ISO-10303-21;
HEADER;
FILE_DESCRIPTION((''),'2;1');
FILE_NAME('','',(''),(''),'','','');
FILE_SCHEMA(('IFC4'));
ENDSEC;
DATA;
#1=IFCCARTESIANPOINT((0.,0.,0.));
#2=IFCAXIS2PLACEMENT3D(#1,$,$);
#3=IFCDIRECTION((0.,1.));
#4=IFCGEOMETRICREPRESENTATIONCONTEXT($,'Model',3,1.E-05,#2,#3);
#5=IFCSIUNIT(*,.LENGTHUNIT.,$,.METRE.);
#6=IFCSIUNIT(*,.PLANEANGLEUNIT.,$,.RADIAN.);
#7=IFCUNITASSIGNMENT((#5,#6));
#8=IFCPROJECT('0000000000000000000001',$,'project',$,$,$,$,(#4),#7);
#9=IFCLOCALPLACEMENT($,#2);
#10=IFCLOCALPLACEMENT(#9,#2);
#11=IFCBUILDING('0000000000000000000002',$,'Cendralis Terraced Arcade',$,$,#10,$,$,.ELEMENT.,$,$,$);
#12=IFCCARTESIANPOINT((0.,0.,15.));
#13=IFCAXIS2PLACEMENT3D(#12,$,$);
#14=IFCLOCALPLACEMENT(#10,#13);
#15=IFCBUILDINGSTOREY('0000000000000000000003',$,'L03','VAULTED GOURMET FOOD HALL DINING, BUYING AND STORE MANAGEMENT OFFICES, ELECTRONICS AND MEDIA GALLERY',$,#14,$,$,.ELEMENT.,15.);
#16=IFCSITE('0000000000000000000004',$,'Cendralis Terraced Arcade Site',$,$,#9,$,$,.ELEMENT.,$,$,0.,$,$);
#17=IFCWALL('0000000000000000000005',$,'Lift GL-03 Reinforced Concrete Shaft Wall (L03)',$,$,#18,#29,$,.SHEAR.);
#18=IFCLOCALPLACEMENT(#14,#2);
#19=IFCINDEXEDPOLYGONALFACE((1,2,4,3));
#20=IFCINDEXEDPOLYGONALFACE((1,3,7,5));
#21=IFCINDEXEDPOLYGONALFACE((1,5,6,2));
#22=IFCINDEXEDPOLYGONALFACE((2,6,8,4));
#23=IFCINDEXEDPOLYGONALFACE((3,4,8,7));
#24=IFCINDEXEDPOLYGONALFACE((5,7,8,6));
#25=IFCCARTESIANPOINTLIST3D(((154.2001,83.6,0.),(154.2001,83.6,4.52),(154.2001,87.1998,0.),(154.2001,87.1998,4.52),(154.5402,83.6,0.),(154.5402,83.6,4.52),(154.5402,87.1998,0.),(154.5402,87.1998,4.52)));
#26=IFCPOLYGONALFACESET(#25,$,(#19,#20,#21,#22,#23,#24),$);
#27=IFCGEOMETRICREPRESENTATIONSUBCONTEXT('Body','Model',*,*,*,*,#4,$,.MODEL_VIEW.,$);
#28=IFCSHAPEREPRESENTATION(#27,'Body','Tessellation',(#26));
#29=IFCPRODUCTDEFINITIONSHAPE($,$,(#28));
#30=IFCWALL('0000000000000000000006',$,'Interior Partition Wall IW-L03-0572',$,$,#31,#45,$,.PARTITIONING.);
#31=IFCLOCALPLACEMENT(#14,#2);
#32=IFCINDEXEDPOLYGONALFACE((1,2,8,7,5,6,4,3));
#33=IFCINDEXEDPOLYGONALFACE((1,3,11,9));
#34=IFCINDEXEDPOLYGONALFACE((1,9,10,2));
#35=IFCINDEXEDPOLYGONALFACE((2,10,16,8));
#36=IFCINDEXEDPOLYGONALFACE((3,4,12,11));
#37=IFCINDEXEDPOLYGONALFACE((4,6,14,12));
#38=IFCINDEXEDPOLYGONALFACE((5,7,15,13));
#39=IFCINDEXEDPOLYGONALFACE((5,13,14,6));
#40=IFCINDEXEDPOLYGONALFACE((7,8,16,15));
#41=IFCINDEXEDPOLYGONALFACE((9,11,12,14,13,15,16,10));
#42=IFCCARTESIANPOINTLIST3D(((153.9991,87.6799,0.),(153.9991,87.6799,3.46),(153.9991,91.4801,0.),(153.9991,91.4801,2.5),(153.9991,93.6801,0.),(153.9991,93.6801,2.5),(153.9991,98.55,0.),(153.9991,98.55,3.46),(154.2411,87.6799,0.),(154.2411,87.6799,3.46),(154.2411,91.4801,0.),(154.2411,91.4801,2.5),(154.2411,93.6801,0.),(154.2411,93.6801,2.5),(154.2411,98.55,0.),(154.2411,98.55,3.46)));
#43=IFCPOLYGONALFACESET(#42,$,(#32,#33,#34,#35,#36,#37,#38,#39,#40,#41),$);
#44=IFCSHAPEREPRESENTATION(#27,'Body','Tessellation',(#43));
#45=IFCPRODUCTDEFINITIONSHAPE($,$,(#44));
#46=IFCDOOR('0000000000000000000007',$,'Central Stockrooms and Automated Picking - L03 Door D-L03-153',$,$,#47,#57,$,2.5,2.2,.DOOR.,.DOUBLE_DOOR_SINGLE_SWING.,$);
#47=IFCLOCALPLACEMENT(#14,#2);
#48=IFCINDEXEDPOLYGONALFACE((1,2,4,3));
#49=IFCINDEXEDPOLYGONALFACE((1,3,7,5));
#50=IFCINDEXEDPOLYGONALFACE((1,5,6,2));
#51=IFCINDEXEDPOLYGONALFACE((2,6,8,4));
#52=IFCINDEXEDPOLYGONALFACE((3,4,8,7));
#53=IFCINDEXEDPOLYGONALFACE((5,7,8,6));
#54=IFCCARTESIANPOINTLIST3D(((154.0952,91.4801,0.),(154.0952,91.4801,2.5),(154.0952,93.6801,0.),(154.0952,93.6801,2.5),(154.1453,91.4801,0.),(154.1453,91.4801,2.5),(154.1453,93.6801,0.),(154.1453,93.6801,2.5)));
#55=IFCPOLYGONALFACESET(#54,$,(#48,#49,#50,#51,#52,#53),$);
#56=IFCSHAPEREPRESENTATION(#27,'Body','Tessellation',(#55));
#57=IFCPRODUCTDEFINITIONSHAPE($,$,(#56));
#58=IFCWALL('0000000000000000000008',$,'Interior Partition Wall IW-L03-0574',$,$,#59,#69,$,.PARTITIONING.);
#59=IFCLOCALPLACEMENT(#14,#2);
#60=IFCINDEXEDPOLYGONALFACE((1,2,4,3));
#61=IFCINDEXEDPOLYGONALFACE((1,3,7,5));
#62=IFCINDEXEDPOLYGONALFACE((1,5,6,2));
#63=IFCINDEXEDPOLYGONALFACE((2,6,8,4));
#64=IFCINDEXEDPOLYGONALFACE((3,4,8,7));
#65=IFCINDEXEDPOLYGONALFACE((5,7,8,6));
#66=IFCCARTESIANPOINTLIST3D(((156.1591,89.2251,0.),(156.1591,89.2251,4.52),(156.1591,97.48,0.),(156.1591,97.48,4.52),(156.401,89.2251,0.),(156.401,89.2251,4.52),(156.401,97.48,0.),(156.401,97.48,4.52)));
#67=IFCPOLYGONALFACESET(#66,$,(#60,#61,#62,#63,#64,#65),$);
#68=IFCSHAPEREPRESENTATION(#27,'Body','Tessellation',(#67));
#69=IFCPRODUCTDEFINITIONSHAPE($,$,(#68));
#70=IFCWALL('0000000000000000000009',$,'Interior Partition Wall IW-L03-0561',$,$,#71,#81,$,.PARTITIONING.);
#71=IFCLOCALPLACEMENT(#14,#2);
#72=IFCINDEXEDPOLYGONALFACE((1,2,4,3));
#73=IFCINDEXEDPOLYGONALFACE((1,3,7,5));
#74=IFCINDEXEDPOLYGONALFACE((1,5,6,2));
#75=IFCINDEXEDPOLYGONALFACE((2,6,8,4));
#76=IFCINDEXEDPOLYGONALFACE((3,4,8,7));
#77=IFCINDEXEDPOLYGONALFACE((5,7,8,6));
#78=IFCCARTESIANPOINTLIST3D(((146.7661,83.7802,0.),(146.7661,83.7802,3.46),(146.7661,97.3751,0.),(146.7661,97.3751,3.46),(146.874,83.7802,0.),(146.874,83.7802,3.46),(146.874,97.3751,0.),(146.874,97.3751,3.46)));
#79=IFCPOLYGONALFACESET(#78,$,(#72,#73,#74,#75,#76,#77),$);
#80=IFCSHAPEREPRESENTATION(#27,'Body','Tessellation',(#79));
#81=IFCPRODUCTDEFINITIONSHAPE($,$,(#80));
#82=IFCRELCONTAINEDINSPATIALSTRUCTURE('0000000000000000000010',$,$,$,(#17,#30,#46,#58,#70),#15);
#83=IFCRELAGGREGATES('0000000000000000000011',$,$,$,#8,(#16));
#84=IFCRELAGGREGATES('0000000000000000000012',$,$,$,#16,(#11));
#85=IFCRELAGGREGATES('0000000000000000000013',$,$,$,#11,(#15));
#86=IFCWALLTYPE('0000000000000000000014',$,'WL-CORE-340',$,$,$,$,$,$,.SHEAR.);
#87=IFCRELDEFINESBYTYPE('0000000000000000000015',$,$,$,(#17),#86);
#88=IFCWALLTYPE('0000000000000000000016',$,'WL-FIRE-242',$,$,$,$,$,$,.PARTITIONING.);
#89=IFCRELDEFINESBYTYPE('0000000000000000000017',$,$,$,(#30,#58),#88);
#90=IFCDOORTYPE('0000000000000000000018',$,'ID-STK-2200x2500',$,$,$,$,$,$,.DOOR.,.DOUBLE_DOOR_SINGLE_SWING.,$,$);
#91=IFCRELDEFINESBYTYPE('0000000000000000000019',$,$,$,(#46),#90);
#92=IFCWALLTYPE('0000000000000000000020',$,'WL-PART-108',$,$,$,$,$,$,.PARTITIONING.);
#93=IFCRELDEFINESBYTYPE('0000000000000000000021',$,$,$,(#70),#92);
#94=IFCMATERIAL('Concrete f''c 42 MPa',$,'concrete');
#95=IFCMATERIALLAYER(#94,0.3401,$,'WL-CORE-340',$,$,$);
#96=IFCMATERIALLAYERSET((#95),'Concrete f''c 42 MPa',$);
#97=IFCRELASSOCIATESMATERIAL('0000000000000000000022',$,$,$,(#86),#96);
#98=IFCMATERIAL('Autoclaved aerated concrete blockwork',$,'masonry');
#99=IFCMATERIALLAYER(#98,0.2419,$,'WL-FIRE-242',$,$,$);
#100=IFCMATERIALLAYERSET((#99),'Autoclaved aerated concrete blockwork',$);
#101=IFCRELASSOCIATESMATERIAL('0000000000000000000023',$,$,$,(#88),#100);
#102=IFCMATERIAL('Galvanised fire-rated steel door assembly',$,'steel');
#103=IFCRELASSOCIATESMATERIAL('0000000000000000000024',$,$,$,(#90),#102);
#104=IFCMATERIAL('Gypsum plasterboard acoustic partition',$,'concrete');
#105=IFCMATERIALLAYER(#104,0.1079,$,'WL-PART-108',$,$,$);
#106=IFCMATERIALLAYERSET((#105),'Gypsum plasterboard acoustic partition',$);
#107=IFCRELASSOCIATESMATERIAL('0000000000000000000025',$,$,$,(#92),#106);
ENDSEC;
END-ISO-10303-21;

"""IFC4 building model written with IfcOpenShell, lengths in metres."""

from ifc_helpers import new_model, si_unit, direction, frame, frame_2d, origin, place, context, subcontext, project, spatial, rectangle, extrude, material, layer, layer_set, type_object, element, fill, save


model = new_model("IFC4")

# Units and contexts
model_context = context("Model", 3, precision=1e-05, world=origin(), true_north=direction((0.0, 1.0)))
body_context = subcontext(model_context, "Body", "Model", "MODEL_VIEW")
ifc_project = project(units=[si_unit("LENGTHUNIT", "METRE"), si_unit("PLANEANGLEUNIT", "RADIAN")], contexts=[model_context])

# Site, building, storey
site_placement = place(None, origin())
site = spatial("IfcSite", under=ifc_project, at=site_placement, Name="Cendralis Terraced Arcade Site", CompositionType="ELEMENT", RefElevation=0.0)
building_placement = place(site_placement, origin())
building = spatial("IfcBuilding", under=site, at=building_placement, Name="Cendralis Terraced Arcade", CompositionType="ELEMENT")
storey_placement = place(building_placement, frame((0.0, 0.0, 15.0)))
storey = spatial("IfcBuildingStorey", under=building, at=storey_placement, Name="L03", Description="VAULTED GOURMET FOOD HALL DINING, BUYING AND STORE MANAGEMENT OFFICES, ELECTRONICS AND MEDIA GALLERY", CompositionType="ELEMENT", Elevation=15.0)

# Shared definitions
ifc_material_1 = material(Name="Concrete f'c 42 MPa", Category="concrete")

# Wall
ifc_material_2 = material(Name="Gypsum plasterboard acoustic partition", Category="concrete")
ifc_layer_1 = layer(ifc_material_1, 0.3401, Name="WL-CORE-340")
ifc_layer_set_1 = layer_set([ifc_layer_1], Name="Concrete f'c 42 MPa")
wall_type_1 = type_object("IfcWallType", Name="WL-CORE-340", PredefinedType="SHEAR", material=ifc_layer_set_1)
wall_1_placement = place(storey_placement, frame((154.3701, 83.6001, 0.0), z_axis=(0.0, 0.0, 1.0), x_axis=(0.0, 1.0, 0.0)))
element("IfcWall", 1, at=wall_1_placement, inside=storey, type_object=wall_type_1, Name="Lift GL-03 Reinforced Concrete Shaft Wall (L03)", PredefinedType="SHEAR", context=body_context, shape_type="SweptSolid", body=[
    extrude(rectangle(XDim=3.5999, YDim=0.3401, at=frame_2d((1.7998, 0.0))), origin(), (0.0, 0.0, 1.0), 4.52),
])

# Wall, opening, door
ifc_material_3 = material(Name="Autoclaved aerated concrete blockwork", Category="masonry")
ifc_layer_2 = layer(ifc_material_3, 0.2419, Name="WL-FIRE-242")
ifc_layer_set_2 = layer_set([ifc_layer_2], Name="Autoclaved aerated concrete blockwork")
wall_type_2 = type_object("IfcWallType", Name="WL-FIRE-242", PredefinedType="PARTITIONING", material=ifc_layer_set_2)
wall_2_placement = place(storey_placement, frame((154.1201, 87.6799, 0.0), z_axis=(0.0, 0.0, 1.0), x_axis=(0.0, 1.0, 0.0)))
wall_2 = element("IfcWall", 2, at=wall_2_placement, inside=storey, type_object=wall_type_2, Name="Interior Partition Wall IW-L03-0572", PredefinedType="PARTITIONING", context=body_context, shape_type="SweptSolid", body=[
    extrude(rectangle(XDim=10.8701, YDim=0.2419, at=frame_2d((5.4351, 0.0))), origin(), (0.0, 0.0, 1.0), 3.46),
])
opening_placement = place(wall_2_placement, frame((3.8, 0.0, 0.0)))
opening = element("IfcOpeningElement", 3, at=opening_placement, cuts=wall_2, PredefinedType="OPENING", context=body_context, shape_type="SweptSolid", body=[
    extrude(rectangle(XDim=2.2, YDim=2.5, at=frame_2d((1.1001, 1.25))), frame((0.0, 0.1328, 0.0), z_axis=(0.0, -1.0, 0.0), x_axis=(1.0, 0.0, 0.0)), (0.0, 0.0, 1.0), 0.2659),
])
ifc_material_4 = material(Name="Galvanised fire-rated steel door assembly", Category="steel")
door_type = type_object("IfcDoorType", Name="ID-STK-2200x2500", OperationType="DOUBLE_DOOR_SINGLE_SWING", PredefinedType="DOOR", material=ifc_material_4)
door_placement = place(opening_placement, origin())
door = element("IfcDoor", 4, at=door_placement, inside=storey, type_object=door_type, Name="Central Stockrooms and Automated Picking - L03 Door D-L03-153", OperationType="DOUBLE_DOOR_SINGLE_SWING", OverallHeight=2.5, OverallWidth=2.2, PredefinedType="DOOR", context=body_context, shape_type="SweptSolid", body=[
    extrude(rectangle(XDim=2.2, YDim=2.5, at=frame_2d((1.1001, 1.25))), frame((0.0, 0.0249, 0.0), z_axis=(0.0, -1.0, 0.0), x_axis=(1.0, 0.0, 0.0)), (0.0, 0.0, 1.0), 0.05),
])
fill(opening, door)

# Walls
wall_3_placement = place(storey_placement, frame((156.28, 97.48, 0.0), z_axis=(0.0, 0.0, 1.0), x_axis=(0.0, -1.0, 0.0)))
element("IfcWall", 5, at=wall_3_placement, inside=storey, type_object=wall_type_2, Name="Interior Partition Wall IW-L03-0574", PredefinedType="PARTITIONING", context=body_context, shape_type="SweptSolid", body=[
    extrude(rectangle(XDim=8.2549, YDim=0.2419, at=frame_2d((4.1274, 0.0))), origin(), (0.0, 0.0, 1.0), 4.52),
])
ifc_layer_3 = layer(ifc_material_2, 0.1079, Name="WL-PART-108")
ifc_layer_set_3 = layer_set([ifc_layer_3], Name="Gypsum plasterboard acoustic partition")
wall_type_3 = type_object("IfcWallType", Name="WL-PART-108", PredefinedType="PARTITIONING", material=ifc_layer_set_3)
wall_4_placement = place(storey_placement, frame((146.8201, 97.375, 0.0), z_axis=(0.0, 0.0, 1.0), x_axis=(0.0, -1.0, 0.0)))
element("IfcWall", 6, at=wall_4_placement, inside=storey, type_object=wall_type_3, Name="Interior Partition Wall IW-L03-0561", PredefinedType="PARTITIONING", context=body_context, shape_type="SweptSolid", body=[
    extrude(rectangle(XDim=13.595, YDim=0.1079, at=frame_2d((6.7974, 0.0))), origin(), (0.0, 0.0, 1.0), 3.46),
])

save(model, "model.ifc")
